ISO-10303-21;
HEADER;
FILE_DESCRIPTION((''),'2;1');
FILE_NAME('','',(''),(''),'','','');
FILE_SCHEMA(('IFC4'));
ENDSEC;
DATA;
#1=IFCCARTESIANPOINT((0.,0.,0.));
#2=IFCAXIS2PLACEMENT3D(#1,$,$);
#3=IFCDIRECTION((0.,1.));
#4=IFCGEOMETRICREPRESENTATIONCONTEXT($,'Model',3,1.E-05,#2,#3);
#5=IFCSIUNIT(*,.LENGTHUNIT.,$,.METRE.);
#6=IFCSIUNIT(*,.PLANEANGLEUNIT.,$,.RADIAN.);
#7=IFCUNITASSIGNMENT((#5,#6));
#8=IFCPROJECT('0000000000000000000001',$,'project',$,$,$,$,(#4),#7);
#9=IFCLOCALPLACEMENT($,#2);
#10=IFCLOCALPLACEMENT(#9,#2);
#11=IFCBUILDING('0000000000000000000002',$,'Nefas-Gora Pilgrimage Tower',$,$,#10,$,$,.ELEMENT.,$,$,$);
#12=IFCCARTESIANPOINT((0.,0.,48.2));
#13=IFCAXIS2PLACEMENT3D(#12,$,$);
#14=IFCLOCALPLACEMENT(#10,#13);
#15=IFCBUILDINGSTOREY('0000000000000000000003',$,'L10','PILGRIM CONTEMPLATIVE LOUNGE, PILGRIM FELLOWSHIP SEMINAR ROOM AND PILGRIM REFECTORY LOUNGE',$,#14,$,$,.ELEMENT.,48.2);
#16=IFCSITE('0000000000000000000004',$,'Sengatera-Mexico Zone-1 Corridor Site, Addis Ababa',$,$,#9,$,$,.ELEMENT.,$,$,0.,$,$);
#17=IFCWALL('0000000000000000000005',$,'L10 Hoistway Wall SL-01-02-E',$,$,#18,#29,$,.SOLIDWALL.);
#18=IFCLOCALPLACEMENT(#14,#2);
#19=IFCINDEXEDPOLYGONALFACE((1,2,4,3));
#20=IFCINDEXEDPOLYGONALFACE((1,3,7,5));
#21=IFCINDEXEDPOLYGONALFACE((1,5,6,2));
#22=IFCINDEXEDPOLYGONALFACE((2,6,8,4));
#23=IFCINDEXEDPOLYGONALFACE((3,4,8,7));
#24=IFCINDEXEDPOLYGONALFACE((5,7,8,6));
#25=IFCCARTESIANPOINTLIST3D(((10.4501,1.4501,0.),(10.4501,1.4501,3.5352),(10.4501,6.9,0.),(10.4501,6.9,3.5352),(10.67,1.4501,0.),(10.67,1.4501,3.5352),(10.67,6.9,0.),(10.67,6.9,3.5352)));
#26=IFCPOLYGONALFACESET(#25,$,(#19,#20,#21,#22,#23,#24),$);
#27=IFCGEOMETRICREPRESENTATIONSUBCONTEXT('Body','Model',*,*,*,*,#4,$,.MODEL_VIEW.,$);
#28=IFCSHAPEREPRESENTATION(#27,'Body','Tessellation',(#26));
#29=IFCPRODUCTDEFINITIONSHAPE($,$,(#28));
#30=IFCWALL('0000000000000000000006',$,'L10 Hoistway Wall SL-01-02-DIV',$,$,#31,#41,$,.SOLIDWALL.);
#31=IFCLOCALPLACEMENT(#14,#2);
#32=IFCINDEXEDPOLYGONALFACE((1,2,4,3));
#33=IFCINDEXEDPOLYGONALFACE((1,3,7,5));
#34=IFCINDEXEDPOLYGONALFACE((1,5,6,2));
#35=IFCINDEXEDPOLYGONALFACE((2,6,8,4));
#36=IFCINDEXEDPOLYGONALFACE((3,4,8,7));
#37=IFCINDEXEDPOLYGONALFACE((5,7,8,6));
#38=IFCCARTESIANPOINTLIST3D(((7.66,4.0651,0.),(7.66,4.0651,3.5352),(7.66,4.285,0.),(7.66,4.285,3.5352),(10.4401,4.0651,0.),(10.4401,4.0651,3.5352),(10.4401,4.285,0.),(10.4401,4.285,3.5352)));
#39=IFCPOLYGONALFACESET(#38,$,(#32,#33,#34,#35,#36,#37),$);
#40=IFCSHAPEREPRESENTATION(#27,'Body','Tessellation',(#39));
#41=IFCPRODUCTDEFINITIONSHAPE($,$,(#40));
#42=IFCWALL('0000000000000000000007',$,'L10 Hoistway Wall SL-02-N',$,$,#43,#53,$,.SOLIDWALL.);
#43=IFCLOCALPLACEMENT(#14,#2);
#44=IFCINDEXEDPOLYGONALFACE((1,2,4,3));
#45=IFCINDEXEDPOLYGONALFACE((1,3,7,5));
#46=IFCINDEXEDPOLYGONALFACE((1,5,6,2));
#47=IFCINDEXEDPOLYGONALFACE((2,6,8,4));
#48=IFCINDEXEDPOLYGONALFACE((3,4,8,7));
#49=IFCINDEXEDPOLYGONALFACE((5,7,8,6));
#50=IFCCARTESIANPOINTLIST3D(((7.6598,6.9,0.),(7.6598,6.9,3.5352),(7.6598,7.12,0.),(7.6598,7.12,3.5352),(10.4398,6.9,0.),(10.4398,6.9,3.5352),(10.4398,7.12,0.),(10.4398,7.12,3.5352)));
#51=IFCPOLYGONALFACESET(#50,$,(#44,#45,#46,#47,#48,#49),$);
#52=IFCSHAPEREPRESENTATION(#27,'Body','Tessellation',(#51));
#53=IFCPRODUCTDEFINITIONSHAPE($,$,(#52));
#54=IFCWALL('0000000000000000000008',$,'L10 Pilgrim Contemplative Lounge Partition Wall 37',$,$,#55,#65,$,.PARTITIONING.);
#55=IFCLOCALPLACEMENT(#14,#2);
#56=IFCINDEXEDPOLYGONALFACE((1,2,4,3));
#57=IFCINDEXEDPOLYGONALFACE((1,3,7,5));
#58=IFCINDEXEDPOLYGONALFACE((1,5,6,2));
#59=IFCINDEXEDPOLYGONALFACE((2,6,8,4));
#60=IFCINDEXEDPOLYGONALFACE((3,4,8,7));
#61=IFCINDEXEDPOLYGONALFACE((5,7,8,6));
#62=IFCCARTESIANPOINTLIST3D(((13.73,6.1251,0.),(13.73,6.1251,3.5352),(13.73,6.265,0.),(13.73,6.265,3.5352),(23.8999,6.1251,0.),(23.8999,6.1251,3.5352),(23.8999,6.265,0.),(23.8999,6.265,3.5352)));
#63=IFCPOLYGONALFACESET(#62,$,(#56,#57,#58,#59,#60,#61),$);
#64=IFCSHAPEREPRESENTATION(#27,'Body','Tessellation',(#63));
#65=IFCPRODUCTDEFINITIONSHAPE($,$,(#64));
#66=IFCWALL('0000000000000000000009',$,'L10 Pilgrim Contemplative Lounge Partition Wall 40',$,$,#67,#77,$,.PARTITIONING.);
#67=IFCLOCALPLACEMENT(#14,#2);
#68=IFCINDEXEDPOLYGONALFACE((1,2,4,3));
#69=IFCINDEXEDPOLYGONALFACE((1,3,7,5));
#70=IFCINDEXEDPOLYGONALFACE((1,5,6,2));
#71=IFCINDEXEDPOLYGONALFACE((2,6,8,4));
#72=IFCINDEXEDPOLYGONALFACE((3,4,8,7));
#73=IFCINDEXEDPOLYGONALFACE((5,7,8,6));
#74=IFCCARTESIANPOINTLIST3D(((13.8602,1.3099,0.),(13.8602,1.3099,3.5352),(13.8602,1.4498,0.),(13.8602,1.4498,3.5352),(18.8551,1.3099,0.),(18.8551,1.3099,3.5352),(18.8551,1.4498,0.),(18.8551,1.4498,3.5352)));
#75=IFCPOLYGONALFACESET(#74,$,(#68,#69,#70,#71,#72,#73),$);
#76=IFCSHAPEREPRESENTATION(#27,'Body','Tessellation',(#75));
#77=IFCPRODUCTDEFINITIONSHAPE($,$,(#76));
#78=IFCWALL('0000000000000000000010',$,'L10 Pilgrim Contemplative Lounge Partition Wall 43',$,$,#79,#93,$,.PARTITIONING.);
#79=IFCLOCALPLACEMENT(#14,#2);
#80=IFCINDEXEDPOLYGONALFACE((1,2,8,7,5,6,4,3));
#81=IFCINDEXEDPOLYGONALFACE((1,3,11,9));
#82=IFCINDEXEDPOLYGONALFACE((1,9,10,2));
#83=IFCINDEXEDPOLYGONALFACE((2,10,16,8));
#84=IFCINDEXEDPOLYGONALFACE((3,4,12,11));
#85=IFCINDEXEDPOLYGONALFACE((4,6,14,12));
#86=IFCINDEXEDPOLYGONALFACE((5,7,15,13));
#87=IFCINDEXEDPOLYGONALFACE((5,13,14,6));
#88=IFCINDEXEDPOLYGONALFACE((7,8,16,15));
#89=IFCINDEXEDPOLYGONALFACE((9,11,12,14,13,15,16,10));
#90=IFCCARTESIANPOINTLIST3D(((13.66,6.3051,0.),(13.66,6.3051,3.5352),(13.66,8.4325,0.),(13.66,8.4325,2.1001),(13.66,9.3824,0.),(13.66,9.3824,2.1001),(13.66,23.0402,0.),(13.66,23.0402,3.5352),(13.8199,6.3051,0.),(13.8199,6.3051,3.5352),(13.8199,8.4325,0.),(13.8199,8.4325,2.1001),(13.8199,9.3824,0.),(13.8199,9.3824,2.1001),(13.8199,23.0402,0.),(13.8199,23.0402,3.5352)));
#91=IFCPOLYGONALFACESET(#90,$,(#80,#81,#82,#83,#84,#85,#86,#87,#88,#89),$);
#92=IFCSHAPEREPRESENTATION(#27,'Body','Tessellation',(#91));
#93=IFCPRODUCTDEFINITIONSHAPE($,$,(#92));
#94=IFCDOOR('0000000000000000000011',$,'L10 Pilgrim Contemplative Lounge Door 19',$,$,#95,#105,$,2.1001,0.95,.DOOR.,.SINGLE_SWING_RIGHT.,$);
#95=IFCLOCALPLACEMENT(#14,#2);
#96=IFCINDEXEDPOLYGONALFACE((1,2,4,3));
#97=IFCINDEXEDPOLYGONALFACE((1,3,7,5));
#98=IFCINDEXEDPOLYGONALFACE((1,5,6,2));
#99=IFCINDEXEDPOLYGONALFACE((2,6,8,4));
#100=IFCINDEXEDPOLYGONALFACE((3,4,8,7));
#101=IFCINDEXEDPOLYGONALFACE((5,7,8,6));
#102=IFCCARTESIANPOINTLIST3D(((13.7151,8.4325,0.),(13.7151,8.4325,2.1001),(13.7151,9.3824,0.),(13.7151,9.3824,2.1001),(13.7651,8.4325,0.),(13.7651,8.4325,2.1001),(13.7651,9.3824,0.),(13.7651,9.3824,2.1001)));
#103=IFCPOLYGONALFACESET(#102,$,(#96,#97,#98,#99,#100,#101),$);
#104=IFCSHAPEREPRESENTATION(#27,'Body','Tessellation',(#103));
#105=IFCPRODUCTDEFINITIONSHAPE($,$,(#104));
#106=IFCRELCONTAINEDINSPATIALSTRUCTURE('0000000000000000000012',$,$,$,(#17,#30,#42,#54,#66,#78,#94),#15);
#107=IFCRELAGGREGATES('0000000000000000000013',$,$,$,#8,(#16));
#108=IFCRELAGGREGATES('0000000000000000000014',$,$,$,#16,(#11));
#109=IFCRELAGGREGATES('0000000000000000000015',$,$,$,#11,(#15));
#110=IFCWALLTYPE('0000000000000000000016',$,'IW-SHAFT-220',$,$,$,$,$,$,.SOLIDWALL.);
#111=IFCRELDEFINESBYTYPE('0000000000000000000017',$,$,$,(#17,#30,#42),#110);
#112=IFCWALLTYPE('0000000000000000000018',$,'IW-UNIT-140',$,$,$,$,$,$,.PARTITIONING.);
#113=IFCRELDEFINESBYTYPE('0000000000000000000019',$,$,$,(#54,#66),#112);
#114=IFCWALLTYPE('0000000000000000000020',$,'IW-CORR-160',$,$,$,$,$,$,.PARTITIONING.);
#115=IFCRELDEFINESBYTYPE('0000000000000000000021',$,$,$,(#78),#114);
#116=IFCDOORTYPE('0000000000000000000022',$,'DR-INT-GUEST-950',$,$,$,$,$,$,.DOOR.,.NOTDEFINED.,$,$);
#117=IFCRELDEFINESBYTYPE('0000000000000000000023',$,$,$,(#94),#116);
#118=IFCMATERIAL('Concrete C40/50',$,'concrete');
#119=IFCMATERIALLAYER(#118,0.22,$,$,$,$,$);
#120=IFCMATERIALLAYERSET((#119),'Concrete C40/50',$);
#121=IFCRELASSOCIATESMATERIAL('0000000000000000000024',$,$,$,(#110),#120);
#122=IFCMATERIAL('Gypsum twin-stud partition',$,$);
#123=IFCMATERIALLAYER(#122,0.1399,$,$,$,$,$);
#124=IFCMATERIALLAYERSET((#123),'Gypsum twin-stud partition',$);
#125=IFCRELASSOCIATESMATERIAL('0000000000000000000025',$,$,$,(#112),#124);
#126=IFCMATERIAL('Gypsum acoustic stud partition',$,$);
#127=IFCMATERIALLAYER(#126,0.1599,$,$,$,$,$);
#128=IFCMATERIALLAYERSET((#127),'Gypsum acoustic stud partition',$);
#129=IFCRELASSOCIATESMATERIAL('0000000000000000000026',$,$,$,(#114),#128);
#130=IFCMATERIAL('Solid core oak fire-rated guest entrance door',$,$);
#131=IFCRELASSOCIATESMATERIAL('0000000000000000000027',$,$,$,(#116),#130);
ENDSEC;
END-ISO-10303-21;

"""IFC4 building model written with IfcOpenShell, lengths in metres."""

from ifc_helpers import new_model, si_unit, direction, frame, frame_2d, origin, place, context, subcontext, project, spatial, rectangle, extrude, source, transform, mapped, material, layer, layer_set, type_object, element, fill, save


model = new_model("IFC4")

# Units and contexts
model_context = context("Model", 3, precision=1e-05, world=origin(), true_north=direction((0.0, 1.0)))
body_context = subcontext(model_context, "Body", "Model", "MODEL_VIEW")
ifc_project = project(units=[si_unit("LENGTHUNIT", "METRE"), si_unit("PLANEANGLEUNIT", "RADIAN")], contexts=[model_context])

# Site, building, storey
site_placement = place(None, origin())
site = spatial("IfcSite", under=ifc_project, at=site_placement, Name="Sengatera-Mexico Zone-1 Corridor Site, Addis Ababa", CompositionType="ELEMENT", RefElevation=0.0)
building_placement = place(site_placement, origin())
building = spatial("IfcBuilding", under=site, at=building_placement, Name="Nefas-Gora Pilgrimage Tower", CompositionType="ELEMENT")
storey_placement = place(building_placement, frame((0.0, 0.0, 48.2)))
storey = spatial("IfcBuildingStorey", under=building, at=storey_placement, Name="L10", Description="PILGRIM CONTEMPLATIVE LOUNGE, PILGRIM FELLOWSHIP SEMINAR ROOM AND PILGRIM REFECTORY LOUNGE", CompositionType="ELEMENT", Elevation=48.2)

# Shared definitions
ifc_material_1 = material(Name="Concrete C40/50", Category="concrete")
ifc_layer_1 = layer(ifc_material_1, 0.22)
ifc_layer_set_1 = layer_set([ifc_layer_1], Name="Concrete C40/50")
wall_type_1 = type_object("IfcWallType", Name="IW-SHAFT-220", PredefinedType="SOLIDWALL", material=ifc_layer_set_1)
shared_shape_1 = source(origin(), body_context, "Body", "SweptSolid", [
    extrude(rectangle(XDim=5.45, YDim=0.22, at=frame_2d((2.7251, 0.0))), origin(), (0.0, 0.0, 1.0), 3.5352),
])

# Walls
wall_1_placement = place(storey_placement, frame((10.5601, 1.45, 0.0), z_axis=(0.0, 0.0, 1.0), x_axis=(0.0, 1.0, 0.0)))
element("IfcWall", 1, at=wall_1_placement, inside=storey, type_object=wall_type_1, Name="L10 Hoistway Wall SL-01-02-E", PredefinedType="SOLIDWALL", context=body_context, shape_type="MappedRepresentation", body=[
    mapped(shared_shape_1, transform((0.0, 0.0, 0.0), x_axis=(1.0, 0.0, 0.0), y_axis=(0.0, 1.0, 0.0), z_axis=(0.0, 0.0, 1.0), scale=1.0)),
])
shared_shape_2 = source(origin(), body_context, "Body", "SweptSolid", [
    extrude(rectangle(XDim=2.78, YDim=0.22, at=frame_2d((1.3901, 0.0))), origin(), (0.0, 0.0, 1.0), 3.5352),
])
for number, where, z_axis, x_axis, name in (
    (2, (7.6599, 4.175, 0.0), (0.0, 0.0, 1.0), (1.0, 0.0, 0.0), "L10 Hoistway Wall SL-01-02-DIV"),
    (3, (10.4399, 7.01, 0.0), (0.0, 0.0, 1.0), (-1.0, 0.0, 0.0), "L10 Hoistway Wall SL-02-N"),
):
    element("IfcWall", number, at=place(storey_placement, frame(where, z_axis=z_axis, x_axis=x_axis)), inside=storey, type_object=wall_type_1, Name=name, PredefinedType="SOLIDWALL", context=body_context, shape_type="MappedRepresentation", body=[
        mapped(shared_shape_2, transform((0.0, 0.0, 0.0), x_axis=(1.0, 0.0, 0.0), y_axis=(0.0, 1.0, 0.0), z_axis=(0.0, 0.0, 1.0), scale=1.0)),
    ])
ifc_material_2 = material(Name="Gypsum twin-stud partition")
ifc_layer_2 = layer(ifc_material_2, 0.1399)
ifc_layer_set_2 = layer_set([ifc_layer_2], Name="Gypsum twin-stud partition")
wall_type_2 = type_object("IfcWallType", Name="IW-UNIT-140", PredefinedType="PARTITIONING", material=ifc_layer_set_2)
shared_shape_3 = source(origin(), body_context, "Body", "SweptSolid", [
    extrude(rectangle(XDim=10.1699, YDim=0.1399, at=frame_2d((5.085, 0.0))), origin(), (0.0, 0.0, 1.0), 3.5352),
])
wall_2_placement = place(storey_placement, frame((13.73, 6.1951, 0.0), z_axis=(0.0, 0.0, 1.0), x_axis=(1.0, 0.0, 0.0)))
element("IfcWall", 4, at=wall_2_placement, inside=storey, type_object=wall_type_2, Name="L10 Pilgrim Contemplative Lounge Partition Wall 37", PredefinedType="PARTITIONING", context=body_context, shape_type="MappedRepresentation", body=[
    mapped(shared_shape_3, transform((0.0, 0.0, 0.0), x_axis=(1.0, 0.0, 0.0), y_axis=(0.0, 1.0, 0.0), z_axis=(0.0, 0.0, 1.0), scale=1.0)),
])
shared_shape_4 = source(origin(), body_context, "Body", "SweptSolid", [
    extrude(rectangle(XDim=4.9949, YDim=0.1399, at=frame_2d((2.4976, 0.0))), origin(), (0.0, 0.0, 1.0), 3.5352),
])
wall_3_placement = place(storey_placement, frame((13.8601, 1.3799, 0.0), z_axis=(0.0, 0.0, 1.0), x_axis=(1.0, 0.0, 0.0)))
element("IfcWall", 5, at=wall_3_placement, inside=storey, type_object=wall_type_2, Name="L10 Pilgrim Contemplative Lounge Partition Wall 40", PredefinedType="PARTITIONING", context=body_context, shape_type="MappedRepresentation", body=[
    mapped(shared_shape_4, transform((0.0, 0.0, 0.0), x_axis=(1.0, 0.0, 0.0), y_axis=(0.0, 1.0, 0.0), z_axis=(0.0, 0.0, 1.0), scale=1.0)),
])

# Wall, opening, door
ifc_material_3 = material(Name="Gypsum acoustic stud partition")
ifc_layer_3 = layer(ifc_material_3, 0.1599)
ifc_layer_set_3 = layer_set([ifc_layer_3], Name="Gypsum acoustic stud partition")
wall_type_3 = type_object("IfcWallType", Name="IW-CORR-160", PredefinedType="PARTITIONING", material=ifc_layer_set_3)
shared_shape_5 = source(origin(), body_context, "Body", "SweptSolid", [
    extrude(rectangle(XDim=16.7351, YDim=0.1599, at=frame_2d((8.3677, 0.0))), origin(), (0.0, 0.0, 1.0), 3.5352),
])
wall_4_placement = place(storey_placement, frame((13.74, 6.3049, 0.0), z_axis=(0.0, 0.0, 1.0), x_axis=(0.0, 1.0, 0.0)))
wall_4 = element("IfcWall", 6, at=wall_4_placement, inside=storey, type_object=wall_type_3, Name="L10 Pilgrim Contemplative Lounge Partition Wall 43", PredefinedType="PARTITIONING", context=body_context, shape_type="MappedRepresentation", body=[
    mapped(shared_shape_5, transform((0.0, 0.0, 0.0), x_axis=(1.0, 0.0, 0.0), y_axis=(0.0, 1.0, 0.0), z_axis=(0.0, 0.0, 1.0), scale=1.0)),
])
opening_1_placement = place(wall_4_placement, frame((2.1274, 0.0, 0.0)))
opening_1 = element("IfcOpeningElement", 7, at=opening_1_placement, cuts=wall_4, PredefinedType="OPENING", context=body_context, shape_type="SweptSolid", body=[
    extrude(rectangle(XDim=0.95, YDim=2.1001, at=frame_2d((0.4751, 1.05))), frame((0.0, 0.0898, 0.0), z_axis=(0.0, -1.0, 0.0), x_axis=(1.0, 0.0, 0.0)), (0.0, 0.0, 1.0), 0.1799),
])
ifc_material_4 = material(Name="Solid core oak fire-rated guest entrance door")
door_type_1 = type_object("IfcDoorType", Name="DR-INT-GUEST-950", OperationType="NOTDEFINED", PredefinedType="DOOR", material=ifc_material_4)
shared_shape_6 = source(origin(), body_context, "Body", "SweptSolid", [
    extrude(rectangle(XDim=0.95, YDim=2.1001, at=frame_2d((0.4751, 1.05))), frame((0.0, 0.0249, 0.0), z_axis=(0.0, -1.0, 0.0), x_axis=(1.0, 0.0, 0.0)), (0.0, 0.0, 1.0), 0.05),
])
door_1_placement = place(opening_1_placement, origin())
door_1 = element("IfcDoor", 8, at=door_1_placement, inside=storey, type_object=door_type_1, Name="L10 Pilgrim Contemplative Lounge Door 19", OperationType="SINGLE_SWING_RIGHT", OverallHeight=2.1001, OverallWidth=0.95, PredefinedType="DOOR", context=body_context, shape_type="MappedRepresentation", body=[
    mapped(shared_shape_6, transform((0.0, 0.0, 0.0), x_axis=(1.0, 0.0, 0.0), y_axis=(0.0, 1.0, 0.0), z_axis=(0.0, 0.0, 1.0), scale=1.0)),
])
fill(opening_1, door_1)

save(model, "model.ifc")
